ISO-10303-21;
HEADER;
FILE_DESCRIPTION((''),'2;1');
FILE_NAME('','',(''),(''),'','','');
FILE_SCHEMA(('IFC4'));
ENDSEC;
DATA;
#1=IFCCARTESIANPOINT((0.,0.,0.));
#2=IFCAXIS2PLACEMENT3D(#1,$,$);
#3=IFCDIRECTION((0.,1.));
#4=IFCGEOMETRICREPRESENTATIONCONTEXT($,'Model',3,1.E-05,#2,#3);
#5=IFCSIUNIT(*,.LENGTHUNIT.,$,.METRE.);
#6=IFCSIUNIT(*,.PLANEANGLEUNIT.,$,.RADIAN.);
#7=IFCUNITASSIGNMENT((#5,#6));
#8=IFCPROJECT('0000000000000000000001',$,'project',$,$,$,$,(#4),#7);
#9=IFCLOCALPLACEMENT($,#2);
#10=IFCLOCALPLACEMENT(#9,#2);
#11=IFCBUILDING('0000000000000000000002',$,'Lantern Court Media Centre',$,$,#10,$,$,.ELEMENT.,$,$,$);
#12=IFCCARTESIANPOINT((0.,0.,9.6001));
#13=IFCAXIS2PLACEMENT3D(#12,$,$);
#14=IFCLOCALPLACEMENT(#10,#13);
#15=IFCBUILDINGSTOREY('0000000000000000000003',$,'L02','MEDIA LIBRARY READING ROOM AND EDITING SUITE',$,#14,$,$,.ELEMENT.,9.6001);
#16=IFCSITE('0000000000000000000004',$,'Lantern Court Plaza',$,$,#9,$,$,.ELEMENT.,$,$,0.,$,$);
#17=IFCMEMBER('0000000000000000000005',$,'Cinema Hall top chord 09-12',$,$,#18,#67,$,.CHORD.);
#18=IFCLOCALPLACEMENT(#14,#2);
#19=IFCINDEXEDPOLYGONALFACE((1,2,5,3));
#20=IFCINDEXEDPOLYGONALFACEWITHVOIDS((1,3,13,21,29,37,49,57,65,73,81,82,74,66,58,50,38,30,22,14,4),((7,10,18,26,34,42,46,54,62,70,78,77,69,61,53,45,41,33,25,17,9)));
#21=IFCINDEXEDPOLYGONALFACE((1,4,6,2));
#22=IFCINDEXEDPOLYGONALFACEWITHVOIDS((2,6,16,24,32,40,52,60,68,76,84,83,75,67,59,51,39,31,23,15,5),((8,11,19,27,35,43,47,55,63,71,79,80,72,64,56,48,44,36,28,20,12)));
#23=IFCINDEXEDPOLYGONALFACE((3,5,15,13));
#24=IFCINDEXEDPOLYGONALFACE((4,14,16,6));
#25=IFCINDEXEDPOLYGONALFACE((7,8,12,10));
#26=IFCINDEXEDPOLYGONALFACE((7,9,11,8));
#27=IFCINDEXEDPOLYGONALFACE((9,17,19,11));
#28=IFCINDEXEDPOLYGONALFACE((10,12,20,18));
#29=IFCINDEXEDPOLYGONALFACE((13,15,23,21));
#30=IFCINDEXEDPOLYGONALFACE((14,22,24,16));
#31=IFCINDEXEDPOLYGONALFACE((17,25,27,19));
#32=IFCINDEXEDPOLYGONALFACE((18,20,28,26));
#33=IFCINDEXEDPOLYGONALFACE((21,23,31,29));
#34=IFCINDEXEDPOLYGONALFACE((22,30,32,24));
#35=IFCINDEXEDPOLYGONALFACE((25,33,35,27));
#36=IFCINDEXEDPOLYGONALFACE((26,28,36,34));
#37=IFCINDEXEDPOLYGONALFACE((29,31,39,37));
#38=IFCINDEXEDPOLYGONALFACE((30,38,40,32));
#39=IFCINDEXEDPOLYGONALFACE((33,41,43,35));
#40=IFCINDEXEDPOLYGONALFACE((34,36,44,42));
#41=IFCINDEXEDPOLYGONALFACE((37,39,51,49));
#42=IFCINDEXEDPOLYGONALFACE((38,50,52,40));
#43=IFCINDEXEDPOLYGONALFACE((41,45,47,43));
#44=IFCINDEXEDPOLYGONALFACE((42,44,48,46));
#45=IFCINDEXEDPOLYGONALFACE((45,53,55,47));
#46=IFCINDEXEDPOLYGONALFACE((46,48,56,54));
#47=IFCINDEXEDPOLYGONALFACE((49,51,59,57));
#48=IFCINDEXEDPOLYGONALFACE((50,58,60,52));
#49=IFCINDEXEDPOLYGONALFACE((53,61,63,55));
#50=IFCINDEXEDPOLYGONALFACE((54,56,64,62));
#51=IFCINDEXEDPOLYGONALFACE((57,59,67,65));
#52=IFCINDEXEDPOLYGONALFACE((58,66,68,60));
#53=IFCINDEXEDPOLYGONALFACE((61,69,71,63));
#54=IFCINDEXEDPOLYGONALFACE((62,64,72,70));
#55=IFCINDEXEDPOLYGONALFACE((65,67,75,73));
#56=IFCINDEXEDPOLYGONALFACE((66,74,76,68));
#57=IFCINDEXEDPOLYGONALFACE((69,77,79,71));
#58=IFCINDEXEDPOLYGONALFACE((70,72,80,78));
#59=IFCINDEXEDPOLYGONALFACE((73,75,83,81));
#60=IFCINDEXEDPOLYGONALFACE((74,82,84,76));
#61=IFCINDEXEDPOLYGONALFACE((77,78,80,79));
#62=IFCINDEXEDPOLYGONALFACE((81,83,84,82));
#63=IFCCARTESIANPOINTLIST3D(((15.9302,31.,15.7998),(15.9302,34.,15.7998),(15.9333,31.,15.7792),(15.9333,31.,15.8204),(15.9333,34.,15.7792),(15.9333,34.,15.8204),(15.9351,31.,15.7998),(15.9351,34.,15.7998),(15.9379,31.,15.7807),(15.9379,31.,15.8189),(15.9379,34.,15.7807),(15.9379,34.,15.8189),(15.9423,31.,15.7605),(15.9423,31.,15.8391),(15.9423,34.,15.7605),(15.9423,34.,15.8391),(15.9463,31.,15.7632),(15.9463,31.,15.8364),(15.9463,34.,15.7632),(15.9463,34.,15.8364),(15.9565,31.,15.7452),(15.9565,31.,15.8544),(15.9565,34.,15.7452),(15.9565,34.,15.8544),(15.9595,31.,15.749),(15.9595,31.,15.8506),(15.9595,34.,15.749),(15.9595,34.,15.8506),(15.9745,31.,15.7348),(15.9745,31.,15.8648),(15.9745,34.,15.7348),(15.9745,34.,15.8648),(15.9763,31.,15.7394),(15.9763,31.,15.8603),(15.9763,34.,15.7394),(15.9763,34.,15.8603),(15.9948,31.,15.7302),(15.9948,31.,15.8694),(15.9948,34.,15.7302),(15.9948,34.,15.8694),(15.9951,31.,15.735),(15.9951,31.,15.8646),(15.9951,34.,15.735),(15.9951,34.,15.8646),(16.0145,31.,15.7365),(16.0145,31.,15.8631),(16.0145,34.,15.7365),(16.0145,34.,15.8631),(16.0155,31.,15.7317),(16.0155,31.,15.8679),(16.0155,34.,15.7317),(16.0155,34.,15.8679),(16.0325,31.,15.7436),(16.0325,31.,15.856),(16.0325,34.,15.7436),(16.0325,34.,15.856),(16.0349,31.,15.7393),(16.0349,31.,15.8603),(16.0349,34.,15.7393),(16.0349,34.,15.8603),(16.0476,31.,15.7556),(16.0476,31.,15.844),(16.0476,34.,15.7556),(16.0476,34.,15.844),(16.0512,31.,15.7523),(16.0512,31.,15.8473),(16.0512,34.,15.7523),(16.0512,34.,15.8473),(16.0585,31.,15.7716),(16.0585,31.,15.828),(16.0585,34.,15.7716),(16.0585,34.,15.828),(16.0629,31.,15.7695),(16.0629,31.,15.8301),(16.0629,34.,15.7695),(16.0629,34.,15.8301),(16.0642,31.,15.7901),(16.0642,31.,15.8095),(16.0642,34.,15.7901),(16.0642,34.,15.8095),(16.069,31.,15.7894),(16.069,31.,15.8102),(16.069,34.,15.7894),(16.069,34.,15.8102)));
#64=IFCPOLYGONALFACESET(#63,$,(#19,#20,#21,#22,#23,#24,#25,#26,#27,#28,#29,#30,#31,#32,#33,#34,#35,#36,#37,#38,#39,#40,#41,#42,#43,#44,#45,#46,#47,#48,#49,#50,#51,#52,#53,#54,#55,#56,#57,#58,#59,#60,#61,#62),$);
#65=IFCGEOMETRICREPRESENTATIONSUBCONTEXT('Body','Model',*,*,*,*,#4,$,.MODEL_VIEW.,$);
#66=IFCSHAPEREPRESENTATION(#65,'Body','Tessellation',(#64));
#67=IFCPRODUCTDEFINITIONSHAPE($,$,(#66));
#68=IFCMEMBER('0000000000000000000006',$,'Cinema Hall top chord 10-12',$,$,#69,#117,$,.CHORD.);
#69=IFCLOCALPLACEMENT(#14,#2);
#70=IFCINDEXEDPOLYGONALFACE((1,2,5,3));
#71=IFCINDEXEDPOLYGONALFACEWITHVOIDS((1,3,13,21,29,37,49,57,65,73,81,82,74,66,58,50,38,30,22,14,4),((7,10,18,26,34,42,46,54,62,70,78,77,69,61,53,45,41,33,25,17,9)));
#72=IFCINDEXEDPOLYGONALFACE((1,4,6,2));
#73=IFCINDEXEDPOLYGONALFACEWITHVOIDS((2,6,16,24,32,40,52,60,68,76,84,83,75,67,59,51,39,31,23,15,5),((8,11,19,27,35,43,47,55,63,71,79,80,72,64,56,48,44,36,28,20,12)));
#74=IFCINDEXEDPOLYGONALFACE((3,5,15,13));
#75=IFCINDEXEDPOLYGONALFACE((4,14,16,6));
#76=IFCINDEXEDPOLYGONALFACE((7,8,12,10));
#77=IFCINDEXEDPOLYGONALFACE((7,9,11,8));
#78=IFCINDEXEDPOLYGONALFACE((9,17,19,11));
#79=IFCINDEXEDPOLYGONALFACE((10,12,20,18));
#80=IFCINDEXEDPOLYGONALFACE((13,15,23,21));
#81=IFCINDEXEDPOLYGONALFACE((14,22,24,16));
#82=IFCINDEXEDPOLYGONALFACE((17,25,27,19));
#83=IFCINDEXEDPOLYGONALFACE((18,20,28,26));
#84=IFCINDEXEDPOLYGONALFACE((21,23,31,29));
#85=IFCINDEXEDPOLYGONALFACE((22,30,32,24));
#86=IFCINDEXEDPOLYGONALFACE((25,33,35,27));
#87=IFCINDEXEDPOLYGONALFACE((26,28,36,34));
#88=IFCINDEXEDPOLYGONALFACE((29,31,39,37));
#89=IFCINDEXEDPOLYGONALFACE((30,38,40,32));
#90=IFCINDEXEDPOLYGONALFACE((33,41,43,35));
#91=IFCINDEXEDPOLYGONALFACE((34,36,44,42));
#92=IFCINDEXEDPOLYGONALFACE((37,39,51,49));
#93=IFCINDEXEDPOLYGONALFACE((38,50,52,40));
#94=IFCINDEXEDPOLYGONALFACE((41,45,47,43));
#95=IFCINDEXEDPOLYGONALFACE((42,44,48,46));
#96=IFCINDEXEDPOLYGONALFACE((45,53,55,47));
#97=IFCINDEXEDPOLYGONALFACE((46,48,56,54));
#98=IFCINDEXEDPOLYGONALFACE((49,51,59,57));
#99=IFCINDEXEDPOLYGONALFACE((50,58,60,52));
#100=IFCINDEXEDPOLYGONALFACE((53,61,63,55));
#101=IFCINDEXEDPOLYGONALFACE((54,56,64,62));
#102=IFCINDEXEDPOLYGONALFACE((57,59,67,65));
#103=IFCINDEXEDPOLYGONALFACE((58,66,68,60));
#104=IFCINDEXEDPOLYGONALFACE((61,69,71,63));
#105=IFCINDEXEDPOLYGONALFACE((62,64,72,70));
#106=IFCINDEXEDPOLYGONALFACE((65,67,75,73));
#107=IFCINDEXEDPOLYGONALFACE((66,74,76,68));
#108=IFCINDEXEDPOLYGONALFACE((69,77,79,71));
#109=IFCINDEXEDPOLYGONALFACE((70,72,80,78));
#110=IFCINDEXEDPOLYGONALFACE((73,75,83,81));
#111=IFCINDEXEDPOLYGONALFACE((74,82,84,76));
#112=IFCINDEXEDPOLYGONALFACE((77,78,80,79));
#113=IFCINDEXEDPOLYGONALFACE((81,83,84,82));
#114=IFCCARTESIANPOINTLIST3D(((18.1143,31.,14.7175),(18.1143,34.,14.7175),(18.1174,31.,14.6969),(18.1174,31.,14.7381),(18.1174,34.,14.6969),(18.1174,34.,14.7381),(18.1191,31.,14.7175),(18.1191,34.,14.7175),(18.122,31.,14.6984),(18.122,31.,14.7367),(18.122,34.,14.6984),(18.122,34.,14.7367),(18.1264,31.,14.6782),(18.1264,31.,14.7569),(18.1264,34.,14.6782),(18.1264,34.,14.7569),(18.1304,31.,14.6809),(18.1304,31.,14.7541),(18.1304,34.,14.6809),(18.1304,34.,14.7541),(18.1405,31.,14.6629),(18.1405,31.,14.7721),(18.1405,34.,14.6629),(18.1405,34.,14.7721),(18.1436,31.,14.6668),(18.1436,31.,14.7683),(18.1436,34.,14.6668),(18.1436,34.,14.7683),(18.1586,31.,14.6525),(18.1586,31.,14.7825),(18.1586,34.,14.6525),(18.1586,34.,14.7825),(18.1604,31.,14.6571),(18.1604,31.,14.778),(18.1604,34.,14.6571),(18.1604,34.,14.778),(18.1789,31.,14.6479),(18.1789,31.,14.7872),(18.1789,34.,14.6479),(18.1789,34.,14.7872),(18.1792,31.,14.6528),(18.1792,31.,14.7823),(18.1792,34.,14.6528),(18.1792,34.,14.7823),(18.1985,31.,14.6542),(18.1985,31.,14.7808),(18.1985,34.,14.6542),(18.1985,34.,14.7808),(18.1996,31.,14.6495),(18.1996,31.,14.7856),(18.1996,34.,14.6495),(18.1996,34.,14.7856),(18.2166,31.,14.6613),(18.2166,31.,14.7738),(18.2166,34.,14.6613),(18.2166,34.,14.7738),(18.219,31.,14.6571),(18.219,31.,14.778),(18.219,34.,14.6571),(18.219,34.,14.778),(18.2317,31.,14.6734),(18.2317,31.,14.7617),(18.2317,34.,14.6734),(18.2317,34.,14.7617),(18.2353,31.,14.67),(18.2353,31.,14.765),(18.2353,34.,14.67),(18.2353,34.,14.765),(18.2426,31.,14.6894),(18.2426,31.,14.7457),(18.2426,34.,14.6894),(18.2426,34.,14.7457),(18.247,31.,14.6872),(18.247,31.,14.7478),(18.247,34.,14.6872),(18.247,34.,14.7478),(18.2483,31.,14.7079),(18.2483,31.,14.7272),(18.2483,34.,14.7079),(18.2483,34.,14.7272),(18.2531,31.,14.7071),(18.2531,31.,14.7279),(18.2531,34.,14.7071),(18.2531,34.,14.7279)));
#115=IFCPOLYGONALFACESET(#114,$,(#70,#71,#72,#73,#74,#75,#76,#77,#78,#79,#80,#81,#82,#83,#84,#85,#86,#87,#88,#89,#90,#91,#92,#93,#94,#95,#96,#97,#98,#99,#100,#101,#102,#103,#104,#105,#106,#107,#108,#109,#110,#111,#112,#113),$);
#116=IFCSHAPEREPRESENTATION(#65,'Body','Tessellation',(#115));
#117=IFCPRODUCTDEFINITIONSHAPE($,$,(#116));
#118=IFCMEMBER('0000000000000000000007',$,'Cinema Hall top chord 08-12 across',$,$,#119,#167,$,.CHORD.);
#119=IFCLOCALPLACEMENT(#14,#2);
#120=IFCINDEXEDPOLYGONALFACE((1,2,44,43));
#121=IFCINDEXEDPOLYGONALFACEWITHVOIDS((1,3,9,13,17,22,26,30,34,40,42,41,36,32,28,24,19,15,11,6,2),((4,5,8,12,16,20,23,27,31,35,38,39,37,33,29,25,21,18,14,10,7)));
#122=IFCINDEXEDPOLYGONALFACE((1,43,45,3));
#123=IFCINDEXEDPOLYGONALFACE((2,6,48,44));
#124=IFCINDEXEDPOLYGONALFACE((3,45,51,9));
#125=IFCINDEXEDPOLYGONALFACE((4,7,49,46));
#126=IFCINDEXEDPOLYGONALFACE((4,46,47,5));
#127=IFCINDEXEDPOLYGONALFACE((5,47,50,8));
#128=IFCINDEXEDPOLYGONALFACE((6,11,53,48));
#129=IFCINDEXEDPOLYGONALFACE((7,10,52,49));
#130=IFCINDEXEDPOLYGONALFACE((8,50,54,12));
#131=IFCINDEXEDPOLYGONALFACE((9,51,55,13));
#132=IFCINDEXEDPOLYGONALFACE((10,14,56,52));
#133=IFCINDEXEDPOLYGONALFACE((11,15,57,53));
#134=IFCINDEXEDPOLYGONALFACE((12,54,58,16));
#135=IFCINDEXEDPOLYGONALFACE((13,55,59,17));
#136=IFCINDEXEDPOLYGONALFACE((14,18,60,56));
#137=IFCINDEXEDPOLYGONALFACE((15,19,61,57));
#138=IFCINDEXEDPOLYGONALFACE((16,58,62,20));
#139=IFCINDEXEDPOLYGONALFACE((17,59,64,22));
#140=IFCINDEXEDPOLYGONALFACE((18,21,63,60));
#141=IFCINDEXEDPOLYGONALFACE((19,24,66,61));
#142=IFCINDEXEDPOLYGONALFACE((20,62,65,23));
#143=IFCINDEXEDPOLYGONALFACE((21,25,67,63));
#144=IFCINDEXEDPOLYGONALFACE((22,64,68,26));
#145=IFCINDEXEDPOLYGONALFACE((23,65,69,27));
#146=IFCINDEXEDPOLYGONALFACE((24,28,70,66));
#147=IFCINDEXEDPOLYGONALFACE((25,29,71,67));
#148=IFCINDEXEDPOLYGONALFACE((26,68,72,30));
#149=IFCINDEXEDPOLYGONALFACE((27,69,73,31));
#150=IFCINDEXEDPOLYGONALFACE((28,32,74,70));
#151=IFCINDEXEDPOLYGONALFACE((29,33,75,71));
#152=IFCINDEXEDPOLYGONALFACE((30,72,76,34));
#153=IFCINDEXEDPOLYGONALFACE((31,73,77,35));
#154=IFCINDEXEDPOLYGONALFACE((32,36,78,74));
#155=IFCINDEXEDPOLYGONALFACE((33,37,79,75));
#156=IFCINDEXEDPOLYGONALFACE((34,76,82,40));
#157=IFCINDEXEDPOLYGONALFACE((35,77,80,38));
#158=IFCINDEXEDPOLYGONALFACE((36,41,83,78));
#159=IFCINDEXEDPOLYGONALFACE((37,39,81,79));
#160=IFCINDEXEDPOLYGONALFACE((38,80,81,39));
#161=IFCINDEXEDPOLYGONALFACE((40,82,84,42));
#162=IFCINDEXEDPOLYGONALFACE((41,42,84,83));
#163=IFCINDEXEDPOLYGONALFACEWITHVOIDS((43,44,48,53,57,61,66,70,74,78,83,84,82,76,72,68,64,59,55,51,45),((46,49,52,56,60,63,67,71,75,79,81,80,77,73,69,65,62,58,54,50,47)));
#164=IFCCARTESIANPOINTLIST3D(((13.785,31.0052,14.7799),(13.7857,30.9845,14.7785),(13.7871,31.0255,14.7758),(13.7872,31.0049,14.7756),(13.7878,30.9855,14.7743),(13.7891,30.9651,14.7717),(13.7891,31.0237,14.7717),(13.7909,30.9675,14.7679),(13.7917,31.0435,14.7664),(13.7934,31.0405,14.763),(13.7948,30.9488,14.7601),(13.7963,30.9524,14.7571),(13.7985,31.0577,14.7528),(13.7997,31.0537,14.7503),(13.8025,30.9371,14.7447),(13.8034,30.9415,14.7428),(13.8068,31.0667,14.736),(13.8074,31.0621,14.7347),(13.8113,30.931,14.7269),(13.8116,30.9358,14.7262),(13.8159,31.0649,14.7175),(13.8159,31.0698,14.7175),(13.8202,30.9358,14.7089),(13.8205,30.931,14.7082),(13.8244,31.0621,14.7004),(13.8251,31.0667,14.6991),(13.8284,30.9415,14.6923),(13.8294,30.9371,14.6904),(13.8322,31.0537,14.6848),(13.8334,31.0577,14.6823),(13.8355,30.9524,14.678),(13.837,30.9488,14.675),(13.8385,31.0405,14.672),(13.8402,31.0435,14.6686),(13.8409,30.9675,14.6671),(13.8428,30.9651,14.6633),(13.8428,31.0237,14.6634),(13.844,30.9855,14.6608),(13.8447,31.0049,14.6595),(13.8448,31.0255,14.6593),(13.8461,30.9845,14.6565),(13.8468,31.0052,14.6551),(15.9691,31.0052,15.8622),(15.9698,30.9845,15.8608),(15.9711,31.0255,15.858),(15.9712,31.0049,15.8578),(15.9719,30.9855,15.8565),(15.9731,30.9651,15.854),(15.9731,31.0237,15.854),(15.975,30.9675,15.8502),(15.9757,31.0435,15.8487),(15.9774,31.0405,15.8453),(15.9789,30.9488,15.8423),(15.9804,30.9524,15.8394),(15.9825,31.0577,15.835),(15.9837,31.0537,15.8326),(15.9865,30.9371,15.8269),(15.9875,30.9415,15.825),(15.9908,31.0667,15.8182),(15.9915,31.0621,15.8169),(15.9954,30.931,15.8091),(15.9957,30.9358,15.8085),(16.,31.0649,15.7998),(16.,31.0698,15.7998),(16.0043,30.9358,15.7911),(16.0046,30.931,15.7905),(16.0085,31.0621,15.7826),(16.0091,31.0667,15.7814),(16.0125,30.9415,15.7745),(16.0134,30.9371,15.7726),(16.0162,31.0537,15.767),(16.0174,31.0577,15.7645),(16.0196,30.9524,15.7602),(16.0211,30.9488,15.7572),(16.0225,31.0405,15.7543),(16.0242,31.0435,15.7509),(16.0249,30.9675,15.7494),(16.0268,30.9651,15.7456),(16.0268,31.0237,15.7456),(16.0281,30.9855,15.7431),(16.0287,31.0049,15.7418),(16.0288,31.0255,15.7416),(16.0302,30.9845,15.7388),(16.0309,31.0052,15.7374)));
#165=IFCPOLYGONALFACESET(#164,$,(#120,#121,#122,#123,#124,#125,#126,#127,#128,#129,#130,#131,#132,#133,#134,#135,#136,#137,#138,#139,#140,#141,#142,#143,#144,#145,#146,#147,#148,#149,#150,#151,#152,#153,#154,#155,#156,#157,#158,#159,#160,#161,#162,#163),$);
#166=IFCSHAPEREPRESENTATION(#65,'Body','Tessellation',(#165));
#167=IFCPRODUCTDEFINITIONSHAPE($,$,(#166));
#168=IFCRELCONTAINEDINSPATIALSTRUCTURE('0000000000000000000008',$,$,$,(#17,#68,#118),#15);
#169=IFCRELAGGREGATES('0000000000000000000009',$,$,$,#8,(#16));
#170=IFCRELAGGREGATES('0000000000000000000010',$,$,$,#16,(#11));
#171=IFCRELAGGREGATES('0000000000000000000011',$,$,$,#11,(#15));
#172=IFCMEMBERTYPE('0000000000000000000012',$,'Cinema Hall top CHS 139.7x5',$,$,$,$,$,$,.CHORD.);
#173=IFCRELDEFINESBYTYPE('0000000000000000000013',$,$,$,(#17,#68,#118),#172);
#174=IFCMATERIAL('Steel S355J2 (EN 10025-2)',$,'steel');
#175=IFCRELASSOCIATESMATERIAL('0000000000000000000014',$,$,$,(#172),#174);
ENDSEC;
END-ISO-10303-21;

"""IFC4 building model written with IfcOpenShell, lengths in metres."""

from ifc_helpers import new_model, si_unit, direction, frame, origin, origin_2d, place, context, subcontext, project, spatial, hollow_circle, extrude, material, material_profile, profile_set, type_object, element, save


model = new_model("IFC4")

# Units and contexts
model_context = context("Model", 3, precision=1e-05, world=origin(), true_north=direction((0.0, 1.0)))
body_context = subcontext(model_context, "Body", "Model", "MODEL_VIEW")
ifc_project = project(units=[si_unit("LENGTHUNIT", "METRE"), si_unit("PLANEANGLEUNIT", "RADIAN")], contexts=[model_context])

# Site, building, storey
site_placement = place(None, origin())
site = spatial("IfcSite", under=ifc_project, at=site_placement, Name="Lantern Court Plaza", CompositionType="ELEMENT", RefElevation=0.0)
building_placement = place(site_placement, origin())
building = spatial("IfcBuilding", under=site, at=building_placement, Name="Lantern Court Media Centre", CompositionType="ELEMENT")
storey_placement = place(building_placement, frame((0.0, 0.0, 9.6001)))
storey = spatial("IfcBuildingStorey", under=building, at=storey_placement, Name="L02", Description="MEDIA LIBRARY READING ROOM AND EDITING SUITE", CompositionType="ELEMENT", Elevation=9.6001)

# Members
ifc_material = material(Name="Steel S355J2 (EN 10025-2)", Category="steel")
ifc_material_profile_1 = material_profile(ifc_material, hollow_circle(Radius=0.0698, WallThickness=0.0049, at=origin_2d()), Name="Cinema Hall top CHS 139.7x5")
ifc_profile_set_1 = profile_set([ifc_material_profile_1], Name="Steel S355J2 (EN 10025-2)")
member_type_1 = type_object("IfcMemberType", Name="Cinema Hall top CHS 139.7x5", PredefinedType="CHORD", material=ifc_profile_set_1)
for number, where, z_axis, x_axis, name in (
    (1, (16.0, 31.0, 15.7998), (0.0, 1.0, 0.0), (-1.0, 0.0, 0.0), "Cinema Hall top chord 09-12"),
    (2, (18.1841, 31.0, 14.7175), (0.0, 1.0, 0.0), (-1.0, 0.0, 0.0), "Cinema Hall top chord 10-12"),
):
    element("IfcMember", number, at=place(storey_placement, frame(where, z_axis=z_axis, x_axis=x_axis)), inside=storey, type_object=member_type_1, Name=name, PredefinedType="CHORD", context=body_context, shape_type="SweptSolid", body=[
        extrude(hollow_circle(Radius=0.0698, WallThickness=0.0049, at=origin_2d()), origin(), (0.0, 0.0, 1.0), 3.0),
    ])
for number, where, z_axis, x_axis, name in (
    (3, (13.8159, 31.0, 14.7175), (0.896024, 0.0, 0.444006), (0.0, 1.0, 0.0), "Cinema Hall top chord 08-12 across"),
):
    element("IfcMember", number, at=place(storey_placement, frame(where, z_axis=z_axis, x_axis=x_axis)), inside=storey, type_object=member_type_1, Name=name, PredefinedType="CHORD", context=body_context, shape_type="SweptSolid", body=[
        extrude(hollow_circle(Radius=0.0698, WallThickness=0.0049, at=origin_2d()), origin(), (0.0, 0.0, 1.0), 2.4375),
    ])

save(model, "model.ifc")
